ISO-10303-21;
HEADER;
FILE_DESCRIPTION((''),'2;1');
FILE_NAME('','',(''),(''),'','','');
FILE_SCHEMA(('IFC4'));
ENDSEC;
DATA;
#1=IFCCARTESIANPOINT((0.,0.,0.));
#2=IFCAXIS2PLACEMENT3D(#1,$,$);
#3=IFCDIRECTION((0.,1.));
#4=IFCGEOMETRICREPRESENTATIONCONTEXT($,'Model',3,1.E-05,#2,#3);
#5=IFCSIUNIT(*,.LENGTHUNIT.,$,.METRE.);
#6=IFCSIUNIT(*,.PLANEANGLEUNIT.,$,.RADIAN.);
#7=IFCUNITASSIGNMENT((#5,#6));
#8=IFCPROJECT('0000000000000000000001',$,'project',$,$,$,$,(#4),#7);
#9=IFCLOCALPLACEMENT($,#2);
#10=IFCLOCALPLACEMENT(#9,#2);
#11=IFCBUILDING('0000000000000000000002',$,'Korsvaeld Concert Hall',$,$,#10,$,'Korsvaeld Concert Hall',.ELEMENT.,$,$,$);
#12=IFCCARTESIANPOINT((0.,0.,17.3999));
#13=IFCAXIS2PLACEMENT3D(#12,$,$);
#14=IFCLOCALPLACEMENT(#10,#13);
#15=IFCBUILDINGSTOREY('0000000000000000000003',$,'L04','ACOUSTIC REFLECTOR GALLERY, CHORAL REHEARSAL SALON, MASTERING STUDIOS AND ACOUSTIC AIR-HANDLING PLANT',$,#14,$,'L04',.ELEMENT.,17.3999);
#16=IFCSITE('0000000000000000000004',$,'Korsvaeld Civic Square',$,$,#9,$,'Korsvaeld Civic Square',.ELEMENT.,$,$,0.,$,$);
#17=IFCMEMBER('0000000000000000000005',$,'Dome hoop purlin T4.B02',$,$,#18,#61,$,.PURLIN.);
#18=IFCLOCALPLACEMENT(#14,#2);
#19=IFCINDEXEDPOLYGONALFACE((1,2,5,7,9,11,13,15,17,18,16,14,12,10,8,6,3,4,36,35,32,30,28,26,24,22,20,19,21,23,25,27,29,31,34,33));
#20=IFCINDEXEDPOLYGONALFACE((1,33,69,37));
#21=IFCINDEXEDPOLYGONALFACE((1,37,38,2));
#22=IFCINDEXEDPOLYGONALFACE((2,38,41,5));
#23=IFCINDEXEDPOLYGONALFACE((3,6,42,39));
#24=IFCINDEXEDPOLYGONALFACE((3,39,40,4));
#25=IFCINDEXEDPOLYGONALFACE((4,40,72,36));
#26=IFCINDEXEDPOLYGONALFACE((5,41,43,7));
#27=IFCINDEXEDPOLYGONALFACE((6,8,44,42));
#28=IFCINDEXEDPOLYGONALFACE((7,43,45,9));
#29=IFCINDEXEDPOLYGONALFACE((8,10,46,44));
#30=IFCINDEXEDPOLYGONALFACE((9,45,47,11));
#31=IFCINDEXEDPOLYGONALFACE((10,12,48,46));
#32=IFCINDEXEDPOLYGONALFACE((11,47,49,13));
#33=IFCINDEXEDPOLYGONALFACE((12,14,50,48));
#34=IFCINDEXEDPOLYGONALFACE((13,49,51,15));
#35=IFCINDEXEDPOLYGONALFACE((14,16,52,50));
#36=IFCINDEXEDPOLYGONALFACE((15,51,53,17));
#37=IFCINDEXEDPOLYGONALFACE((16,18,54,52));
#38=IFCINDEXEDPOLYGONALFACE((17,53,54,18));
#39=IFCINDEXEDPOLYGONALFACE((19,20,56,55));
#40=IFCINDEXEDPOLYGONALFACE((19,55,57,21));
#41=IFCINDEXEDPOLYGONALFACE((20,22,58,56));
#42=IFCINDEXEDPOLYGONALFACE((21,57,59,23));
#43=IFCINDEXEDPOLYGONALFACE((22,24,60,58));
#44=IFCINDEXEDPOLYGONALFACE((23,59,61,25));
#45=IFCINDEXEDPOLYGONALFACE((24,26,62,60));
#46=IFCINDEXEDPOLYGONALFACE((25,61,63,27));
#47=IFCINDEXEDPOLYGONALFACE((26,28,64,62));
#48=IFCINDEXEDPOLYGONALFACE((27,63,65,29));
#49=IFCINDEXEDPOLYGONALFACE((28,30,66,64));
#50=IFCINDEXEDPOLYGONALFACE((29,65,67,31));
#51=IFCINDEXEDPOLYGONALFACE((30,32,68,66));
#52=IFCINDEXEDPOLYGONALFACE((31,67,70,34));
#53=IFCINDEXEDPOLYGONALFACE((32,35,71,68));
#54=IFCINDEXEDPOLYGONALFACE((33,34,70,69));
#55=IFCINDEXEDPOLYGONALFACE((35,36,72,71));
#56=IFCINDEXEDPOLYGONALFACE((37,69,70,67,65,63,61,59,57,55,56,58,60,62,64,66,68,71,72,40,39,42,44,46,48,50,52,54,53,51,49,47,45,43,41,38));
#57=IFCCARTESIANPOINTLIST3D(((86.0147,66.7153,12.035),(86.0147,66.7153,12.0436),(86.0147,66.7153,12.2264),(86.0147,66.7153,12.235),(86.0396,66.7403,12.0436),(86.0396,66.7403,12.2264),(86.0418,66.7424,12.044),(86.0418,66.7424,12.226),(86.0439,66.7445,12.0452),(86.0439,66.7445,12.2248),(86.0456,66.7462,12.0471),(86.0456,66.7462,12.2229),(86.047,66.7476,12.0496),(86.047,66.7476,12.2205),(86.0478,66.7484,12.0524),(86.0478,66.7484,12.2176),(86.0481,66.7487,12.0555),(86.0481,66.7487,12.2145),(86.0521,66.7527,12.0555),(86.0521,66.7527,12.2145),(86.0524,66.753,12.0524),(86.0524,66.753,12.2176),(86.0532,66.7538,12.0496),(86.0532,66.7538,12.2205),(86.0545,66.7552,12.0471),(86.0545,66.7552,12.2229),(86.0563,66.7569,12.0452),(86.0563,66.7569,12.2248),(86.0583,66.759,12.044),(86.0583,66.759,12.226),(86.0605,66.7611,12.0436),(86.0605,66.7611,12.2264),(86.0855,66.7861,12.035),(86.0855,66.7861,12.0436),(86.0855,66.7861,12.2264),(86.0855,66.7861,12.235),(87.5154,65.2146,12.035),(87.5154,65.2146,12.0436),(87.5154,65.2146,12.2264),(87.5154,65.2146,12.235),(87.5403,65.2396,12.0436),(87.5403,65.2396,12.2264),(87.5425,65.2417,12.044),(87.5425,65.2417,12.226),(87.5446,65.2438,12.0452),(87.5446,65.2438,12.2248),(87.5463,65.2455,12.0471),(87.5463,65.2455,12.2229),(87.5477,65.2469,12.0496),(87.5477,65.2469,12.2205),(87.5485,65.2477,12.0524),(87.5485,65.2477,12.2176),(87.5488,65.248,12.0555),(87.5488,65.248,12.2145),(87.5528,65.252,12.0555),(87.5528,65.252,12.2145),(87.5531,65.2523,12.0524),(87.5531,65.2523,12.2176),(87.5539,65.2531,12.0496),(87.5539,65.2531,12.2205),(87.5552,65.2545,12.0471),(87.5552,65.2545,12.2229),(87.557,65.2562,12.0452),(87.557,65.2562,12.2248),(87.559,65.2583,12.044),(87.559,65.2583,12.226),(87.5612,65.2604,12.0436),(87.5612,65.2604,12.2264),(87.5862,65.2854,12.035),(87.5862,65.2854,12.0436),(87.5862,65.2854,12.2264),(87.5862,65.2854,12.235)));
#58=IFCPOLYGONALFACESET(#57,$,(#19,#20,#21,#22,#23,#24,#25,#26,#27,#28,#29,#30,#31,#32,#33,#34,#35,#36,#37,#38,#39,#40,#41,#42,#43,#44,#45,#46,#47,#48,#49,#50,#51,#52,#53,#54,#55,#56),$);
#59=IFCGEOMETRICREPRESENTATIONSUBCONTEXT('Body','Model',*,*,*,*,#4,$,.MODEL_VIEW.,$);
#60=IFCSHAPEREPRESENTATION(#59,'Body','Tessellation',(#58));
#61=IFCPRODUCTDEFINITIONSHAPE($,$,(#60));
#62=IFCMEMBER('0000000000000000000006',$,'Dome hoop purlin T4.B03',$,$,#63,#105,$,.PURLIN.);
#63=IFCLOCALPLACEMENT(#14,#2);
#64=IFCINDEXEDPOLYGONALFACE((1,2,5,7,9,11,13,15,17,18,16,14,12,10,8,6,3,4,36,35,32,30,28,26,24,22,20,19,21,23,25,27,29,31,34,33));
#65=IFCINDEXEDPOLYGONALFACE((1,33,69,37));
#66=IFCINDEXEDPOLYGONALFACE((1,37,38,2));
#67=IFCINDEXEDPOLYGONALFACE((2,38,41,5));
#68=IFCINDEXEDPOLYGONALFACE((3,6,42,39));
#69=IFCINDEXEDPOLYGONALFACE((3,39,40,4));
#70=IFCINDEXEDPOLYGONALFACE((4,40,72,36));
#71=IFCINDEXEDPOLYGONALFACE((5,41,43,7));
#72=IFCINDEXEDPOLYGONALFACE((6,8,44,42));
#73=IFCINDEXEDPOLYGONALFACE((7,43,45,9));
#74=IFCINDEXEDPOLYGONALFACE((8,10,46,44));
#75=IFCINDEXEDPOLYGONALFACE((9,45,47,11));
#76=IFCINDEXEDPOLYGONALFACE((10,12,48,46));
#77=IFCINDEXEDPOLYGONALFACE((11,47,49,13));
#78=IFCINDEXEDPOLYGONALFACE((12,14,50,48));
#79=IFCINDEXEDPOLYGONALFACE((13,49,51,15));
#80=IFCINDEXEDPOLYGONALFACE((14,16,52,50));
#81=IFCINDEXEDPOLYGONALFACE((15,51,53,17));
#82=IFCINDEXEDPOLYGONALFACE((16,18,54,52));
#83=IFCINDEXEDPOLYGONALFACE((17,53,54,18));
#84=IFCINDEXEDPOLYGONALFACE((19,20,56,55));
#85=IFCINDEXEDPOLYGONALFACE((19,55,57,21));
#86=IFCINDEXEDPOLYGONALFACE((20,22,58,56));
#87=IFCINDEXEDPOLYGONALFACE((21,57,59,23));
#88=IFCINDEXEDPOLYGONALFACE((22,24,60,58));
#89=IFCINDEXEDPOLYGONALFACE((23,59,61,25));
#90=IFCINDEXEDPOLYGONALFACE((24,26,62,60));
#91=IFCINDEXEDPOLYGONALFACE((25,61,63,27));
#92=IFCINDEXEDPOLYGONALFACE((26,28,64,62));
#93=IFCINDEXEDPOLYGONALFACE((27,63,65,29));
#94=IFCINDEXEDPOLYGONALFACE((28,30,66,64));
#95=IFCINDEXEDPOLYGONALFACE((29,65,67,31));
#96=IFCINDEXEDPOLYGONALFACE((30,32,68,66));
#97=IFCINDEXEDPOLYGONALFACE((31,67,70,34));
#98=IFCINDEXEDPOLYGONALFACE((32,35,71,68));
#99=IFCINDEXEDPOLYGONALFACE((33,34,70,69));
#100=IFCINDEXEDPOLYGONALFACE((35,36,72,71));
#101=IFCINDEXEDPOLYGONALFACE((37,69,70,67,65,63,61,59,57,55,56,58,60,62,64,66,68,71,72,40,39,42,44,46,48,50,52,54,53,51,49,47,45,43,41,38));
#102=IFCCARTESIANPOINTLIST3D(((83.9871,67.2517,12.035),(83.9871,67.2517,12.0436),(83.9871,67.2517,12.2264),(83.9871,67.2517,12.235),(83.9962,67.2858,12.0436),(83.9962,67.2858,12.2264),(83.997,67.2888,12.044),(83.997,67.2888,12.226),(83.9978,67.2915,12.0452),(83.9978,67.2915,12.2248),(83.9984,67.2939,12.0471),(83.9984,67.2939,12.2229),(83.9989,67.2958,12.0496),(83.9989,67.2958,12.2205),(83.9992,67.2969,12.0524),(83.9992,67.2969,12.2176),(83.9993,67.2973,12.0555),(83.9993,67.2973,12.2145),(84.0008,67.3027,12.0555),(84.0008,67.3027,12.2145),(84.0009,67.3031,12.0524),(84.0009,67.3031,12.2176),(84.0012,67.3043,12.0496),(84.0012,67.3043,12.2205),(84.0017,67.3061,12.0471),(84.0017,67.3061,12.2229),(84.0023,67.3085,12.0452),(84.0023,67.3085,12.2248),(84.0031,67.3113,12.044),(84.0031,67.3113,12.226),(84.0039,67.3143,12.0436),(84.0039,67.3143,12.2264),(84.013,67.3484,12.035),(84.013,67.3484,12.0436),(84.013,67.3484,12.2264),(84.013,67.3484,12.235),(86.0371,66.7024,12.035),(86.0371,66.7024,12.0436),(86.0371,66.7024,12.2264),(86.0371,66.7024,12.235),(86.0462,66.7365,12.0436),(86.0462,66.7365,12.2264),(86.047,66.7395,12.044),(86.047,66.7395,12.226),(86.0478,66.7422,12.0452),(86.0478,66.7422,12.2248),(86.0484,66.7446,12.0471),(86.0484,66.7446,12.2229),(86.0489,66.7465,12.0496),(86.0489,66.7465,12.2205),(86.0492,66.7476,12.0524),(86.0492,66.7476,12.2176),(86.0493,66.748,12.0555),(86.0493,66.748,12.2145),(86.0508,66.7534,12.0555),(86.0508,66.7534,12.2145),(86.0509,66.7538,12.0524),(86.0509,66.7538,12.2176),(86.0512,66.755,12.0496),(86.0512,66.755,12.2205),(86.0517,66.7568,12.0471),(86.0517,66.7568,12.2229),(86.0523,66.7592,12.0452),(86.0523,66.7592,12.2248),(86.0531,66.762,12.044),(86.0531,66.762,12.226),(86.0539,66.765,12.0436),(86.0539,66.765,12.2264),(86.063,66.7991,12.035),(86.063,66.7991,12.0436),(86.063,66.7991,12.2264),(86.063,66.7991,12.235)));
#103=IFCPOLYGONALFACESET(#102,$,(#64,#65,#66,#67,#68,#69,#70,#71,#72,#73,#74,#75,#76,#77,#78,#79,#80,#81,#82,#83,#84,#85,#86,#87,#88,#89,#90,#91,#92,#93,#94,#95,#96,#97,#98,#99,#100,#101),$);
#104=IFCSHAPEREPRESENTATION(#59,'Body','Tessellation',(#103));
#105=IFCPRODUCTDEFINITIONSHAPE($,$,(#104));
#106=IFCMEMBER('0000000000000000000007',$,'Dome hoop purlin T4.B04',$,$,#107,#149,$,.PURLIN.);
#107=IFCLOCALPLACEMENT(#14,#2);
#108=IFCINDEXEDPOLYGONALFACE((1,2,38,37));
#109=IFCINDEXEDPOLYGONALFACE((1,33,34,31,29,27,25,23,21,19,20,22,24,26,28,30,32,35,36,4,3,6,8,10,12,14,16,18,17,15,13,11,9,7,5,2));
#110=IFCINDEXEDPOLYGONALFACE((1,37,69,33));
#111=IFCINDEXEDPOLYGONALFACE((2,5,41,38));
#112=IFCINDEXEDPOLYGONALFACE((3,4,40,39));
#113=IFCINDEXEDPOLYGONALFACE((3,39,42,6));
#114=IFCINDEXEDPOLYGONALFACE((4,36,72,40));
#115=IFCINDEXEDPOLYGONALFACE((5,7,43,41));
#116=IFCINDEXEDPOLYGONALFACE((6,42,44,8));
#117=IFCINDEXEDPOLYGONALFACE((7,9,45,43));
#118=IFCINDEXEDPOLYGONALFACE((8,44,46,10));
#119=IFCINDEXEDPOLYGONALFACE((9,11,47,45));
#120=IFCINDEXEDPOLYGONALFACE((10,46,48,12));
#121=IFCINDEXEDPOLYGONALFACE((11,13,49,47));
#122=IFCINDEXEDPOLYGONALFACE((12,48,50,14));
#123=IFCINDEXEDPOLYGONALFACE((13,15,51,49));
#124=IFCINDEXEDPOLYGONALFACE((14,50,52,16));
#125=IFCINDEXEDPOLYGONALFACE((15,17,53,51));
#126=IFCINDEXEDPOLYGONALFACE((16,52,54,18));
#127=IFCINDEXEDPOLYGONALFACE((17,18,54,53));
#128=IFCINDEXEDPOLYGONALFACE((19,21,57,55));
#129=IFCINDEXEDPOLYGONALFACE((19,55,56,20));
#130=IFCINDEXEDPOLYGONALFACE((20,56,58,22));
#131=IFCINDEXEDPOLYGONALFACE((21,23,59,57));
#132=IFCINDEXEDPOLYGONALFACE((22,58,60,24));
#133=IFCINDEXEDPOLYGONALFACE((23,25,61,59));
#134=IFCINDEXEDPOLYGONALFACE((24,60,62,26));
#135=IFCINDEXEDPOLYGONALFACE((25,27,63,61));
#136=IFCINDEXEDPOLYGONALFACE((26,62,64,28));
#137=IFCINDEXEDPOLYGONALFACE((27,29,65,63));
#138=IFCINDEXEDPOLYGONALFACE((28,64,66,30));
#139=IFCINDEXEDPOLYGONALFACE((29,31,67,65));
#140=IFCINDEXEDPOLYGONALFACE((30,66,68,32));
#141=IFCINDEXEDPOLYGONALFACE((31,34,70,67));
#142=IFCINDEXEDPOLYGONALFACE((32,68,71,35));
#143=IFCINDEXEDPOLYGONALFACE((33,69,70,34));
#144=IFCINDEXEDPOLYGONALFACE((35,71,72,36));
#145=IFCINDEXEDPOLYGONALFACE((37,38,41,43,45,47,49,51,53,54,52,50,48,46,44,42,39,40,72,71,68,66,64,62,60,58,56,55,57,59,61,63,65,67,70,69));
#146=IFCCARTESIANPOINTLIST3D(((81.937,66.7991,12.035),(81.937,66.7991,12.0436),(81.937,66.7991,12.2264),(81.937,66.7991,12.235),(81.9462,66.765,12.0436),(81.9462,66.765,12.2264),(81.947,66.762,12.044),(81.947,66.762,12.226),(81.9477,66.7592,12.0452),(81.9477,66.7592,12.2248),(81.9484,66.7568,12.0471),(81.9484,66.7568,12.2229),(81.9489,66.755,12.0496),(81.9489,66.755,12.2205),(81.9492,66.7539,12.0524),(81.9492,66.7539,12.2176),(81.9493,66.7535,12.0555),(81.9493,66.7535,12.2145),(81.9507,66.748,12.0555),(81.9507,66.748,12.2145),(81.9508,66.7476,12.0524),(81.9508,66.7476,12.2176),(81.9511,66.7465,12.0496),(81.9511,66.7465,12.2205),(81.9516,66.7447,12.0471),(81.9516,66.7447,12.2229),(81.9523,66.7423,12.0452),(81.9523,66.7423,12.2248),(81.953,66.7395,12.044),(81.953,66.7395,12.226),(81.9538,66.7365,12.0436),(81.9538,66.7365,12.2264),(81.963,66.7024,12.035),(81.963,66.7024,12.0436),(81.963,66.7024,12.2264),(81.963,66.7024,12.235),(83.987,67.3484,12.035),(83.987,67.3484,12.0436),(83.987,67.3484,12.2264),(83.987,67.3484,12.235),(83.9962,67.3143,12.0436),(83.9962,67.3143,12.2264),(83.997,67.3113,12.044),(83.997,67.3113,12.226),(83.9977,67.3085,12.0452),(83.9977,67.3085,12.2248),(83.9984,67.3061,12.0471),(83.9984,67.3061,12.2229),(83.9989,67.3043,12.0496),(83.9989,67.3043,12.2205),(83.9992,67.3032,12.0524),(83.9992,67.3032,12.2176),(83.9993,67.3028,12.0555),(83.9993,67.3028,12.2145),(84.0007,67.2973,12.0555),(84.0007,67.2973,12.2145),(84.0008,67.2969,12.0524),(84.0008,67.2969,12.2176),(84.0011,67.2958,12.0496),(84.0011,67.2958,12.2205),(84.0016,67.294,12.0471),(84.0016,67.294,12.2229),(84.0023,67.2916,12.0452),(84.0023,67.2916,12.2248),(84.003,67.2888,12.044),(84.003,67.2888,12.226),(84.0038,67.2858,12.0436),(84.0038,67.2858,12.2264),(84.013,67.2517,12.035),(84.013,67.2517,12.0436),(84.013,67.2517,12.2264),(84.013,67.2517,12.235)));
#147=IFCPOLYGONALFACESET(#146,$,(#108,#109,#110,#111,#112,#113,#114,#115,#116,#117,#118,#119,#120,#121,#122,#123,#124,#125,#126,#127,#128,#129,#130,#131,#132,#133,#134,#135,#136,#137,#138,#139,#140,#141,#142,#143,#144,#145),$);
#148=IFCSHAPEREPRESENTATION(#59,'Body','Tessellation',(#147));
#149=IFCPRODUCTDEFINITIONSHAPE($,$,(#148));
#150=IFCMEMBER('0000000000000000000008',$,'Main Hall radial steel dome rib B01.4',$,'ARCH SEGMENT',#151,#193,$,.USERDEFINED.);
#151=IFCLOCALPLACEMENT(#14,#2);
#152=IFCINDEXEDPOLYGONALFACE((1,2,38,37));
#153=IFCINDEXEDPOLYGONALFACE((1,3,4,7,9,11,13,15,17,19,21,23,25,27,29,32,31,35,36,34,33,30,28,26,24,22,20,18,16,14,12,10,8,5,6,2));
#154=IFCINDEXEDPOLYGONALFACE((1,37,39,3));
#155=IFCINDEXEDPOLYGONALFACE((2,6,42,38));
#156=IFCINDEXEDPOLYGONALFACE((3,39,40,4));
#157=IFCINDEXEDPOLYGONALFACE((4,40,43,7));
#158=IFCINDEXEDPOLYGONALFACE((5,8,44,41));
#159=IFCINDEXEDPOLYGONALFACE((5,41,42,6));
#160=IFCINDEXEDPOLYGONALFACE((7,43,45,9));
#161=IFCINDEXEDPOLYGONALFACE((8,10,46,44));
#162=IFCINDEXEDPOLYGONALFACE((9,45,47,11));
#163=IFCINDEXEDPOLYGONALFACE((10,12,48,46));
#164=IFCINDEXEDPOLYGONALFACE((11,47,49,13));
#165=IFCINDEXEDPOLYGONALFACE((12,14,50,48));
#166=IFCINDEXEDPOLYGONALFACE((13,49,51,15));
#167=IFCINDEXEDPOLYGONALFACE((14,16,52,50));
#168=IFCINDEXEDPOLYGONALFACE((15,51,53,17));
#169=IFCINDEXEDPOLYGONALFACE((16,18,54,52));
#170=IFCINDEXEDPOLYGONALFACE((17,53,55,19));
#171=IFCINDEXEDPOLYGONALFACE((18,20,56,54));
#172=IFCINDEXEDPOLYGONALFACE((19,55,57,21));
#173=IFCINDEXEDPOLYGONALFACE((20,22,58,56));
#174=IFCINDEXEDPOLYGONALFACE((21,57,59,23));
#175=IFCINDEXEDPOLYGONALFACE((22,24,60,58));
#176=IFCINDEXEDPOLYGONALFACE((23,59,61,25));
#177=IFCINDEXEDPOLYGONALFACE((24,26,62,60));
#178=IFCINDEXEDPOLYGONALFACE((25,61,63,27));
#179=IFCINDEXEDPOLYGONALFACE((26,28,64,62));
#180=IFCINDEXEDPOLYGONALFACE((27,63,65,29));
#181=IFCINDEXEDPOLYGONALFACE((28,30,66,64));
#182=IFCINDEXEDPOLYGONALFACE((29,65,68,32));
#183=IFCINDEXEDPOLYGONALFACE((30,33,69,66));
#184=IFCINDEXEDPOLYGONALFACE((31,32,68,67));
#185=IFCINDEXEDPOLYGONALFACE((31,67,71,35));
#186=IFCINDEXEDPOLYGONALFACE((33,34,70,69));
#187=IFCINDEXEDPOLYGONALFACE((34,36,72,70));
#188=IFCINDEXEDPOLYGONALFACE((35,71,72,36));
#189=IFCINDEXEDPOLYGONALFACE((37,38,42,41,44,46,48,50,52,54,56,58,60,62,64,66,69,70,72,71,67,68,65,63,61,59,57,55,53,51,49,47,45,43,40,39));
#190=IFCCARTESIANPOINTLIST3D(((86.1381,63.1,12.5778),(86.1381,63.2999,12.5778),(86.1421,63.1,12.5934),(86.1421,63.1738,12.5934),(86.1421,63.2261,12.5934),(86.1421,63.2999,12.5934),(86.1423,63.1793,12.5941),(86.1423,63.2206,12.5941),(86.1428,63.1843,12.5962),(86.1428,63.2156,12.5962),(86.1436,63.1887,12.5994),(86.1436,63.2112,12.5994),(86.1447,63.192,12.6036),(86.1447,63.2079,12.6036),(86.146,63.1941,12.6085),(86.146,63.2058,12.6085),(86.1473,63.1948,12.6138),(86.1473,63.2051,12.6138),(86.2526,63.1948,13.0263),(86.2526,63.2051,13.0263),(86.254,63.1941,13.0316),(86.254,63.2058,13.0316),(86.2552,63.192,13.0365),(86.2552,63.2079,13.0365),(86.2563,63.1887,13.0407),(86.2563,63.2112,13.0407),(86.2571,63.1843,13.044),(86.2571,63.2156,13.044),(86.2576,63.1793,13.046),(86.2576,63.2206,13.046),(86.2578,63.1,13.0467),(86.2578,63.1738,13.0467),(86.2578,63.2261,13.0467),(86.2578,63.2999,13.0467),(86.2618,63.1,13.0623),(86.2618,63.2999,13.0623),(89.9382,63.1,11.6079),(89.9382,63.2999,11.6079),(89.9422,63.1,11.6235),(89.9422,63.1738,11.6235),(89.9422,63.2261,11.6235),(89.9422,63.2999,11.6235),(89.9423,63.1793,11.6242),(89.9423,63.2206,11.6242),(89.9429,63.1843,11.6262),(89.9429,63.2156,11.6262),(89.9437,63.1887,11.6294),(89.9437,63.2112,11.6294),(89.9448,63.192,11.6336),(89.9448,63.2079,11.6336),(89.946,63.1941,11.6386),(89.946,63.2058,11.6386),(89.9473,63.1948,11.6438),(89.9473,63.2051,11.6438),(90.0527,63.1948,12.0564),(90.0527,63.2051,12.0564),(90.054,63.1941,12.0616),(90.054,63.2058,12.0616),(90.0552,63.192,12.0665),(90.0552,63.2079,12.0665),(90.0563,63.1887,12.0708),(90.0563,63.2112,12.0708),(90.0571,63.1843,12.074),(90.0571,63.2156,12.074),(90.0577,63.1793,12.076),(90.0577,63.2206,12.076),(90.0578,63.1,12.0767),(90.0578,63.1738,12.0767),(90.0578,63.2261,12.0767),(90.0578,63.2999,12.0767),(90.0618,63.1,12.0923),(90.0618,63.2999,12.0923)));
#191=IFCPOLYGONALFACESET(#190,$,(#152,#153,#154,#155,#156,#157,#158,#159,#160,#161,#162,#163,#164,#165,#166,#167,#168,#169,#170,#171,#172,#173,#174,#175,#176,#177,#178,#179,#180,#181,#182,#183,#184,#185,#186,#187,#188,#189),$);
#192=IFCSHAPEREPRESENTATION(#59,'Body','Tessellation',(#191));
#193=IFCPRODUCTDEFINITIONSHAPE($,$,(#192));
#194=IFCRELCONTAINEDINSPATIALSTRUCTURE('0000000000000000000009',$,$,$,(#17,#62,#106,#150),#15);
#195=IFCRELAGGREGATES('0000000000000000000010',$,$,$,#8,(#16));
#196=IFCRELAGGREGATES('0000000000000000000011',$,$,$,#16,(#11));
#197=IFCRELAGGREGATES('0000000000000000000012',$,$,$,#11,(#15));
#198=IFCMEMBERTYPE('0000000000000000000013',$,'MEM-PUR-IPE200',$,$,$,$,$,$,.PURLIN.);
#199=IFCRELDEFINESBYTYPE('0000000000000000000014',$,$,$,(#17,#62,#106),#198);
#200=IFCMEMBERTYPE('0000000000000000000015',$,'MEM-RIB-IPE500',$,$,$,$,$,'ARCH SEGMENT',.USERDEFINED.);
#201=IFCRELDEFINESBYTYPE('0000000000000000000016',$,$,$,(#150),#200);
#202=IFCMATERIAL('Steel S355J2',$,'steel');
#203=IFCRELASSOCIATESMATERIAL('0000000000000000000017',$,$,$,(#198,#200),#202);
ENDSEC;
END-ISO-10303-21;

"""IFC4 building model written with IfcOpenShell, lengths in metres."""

from ifc_helpers import new_model, si_unit, direction, frame, origin, origin_2d, place, context, subcontext, project, spatial, i_section, extrude, material, material_profile, profile_set, type_object, element, save


model = new_model("IFC4")

# Units and contexts
model_context = context("Model", 3, precision=1e-05, world=origin(), true_north=direction((0.0, 1.0)))
body_context = subcontext(model_context, "Body", "Model", "MODEL_VIEW")
ifc_project = project(units=[si_unit("LENGTHUNIT", "METRE"), si_unit("PLANEANGLEUNIT", "RADIAN")], contexts=[model_context])

# Site, building, storey
site_placement = place(None, origin())
site = spatial("IfcSite", under=ifc_project, at=site_placement, Name="Korsvaeld Civic Square", LongName="Korsvaeld Civic Square", CompositionType="ELEMENT", RefElevation=0.0)
building_placement = place(site_placement, origin())
building = spatial("IfcBuilding", under=site, at=building_placement, Name="Korsvaeld Concert Hall", LongName="Korsvaeld Concert Hall", CompositionType="ELEMENT")
storey_placement = place(building_placement, frame((0.0, 0.0, 17.3999)))
storey = spatial("IfcBuildingStorey", under=building, at=storey_placement, Name="L04", Description="ACOUSTIC REFLECTOR GALLERY, CHORAL REHEARSAL SALON, MASTERING STUDIOS AND ACOUSTIC AIR-HANDLING PLANT", LongName="L04", CompositionType="ELEMENT", Elevation=17.3999)

# Shared definitions
ifc_material_1 = material(Name="Steel S355J2", Category="steel")

# Members
ifc_material_profile_1 = material_profile(ifc_material_1, i_section(OverallWidth=0.1001, OverallDepth=0.2, WebThickness=0.0056, FlangeThickness=0.0085, FilletRadius=0.012, at=origin_2d()), Name="IPE 200")
ifc_profile_set_1 = profile_set([ifc_material_profile_1], Name="Steel S355J2")
member_type_1 = type_object("IfcMemberType", Name="MEM-PUR-IPE200", PredefinedType="PURLIN", material=ifc_profile_set_1)
for number, where, z_axis, x_axis, name in (
    (1, (87.5508, 65.25, 12.135), (-0.707107, 0.707107, 0.0), (-0.707107, -0.707107, 0.0), "Dome hoop purlin T4.B02"),
    (2, (86.05, 66.7507, 12.135), (-0.965925, 0.258822, 0.0), (-0.258822, -0.965925, 0.0), "Dome hoop purlin T4.B03"),
    (3, (84.0, 67.3, 12.135), (-0.965925, -0.258822, 0.0), (0.258822, -0.965925, 0.0), "Dome hoop purlin T4.B04"),
):
    element("IfcMember", number, at=place(storey_placement, frame(where, z_axis=z_axis, x_axis=x_axis)), inside=storey, type_object=member_type_1, Name=name, PredefinedType="PURLIN", context=body_context, shape_type="SweptSolid", body=[
        extrude(i_section(OverallWidth=0.1001, OverallDepth=0.2, WebThickness=0.0056, FlangeThickness=0.0085, FilletRadius=0.012, at=origin_2d()), origin(), (0.0, 0.0, 1.0), 2.1223),
    ])
ifc_material_profile_2 = material_profile(ifc_material_1, i_section(OverallWidth=0.2, OverallDepth=0.5, WebThickness=0.0103, FlangeThickness=0.0161, FilletRadius=0.021, at=origin_2d()), Name="IPE 500")
ifc_profile_set_2 = profile_set([ifc_material_profile_2], Name="Steel S355J2")
member_type_2 = type_object("IfcMemberType", Name="MEM-RIB-IPE500", ElementType="ARCH SEGMENT", PredefinedType="USERDEFINED", material=ifc_profile_set_2)
for number, where, z_axis, x_axis, name in (
    (4, (90.0, 63.2, 11.8501), (-0.968933, 0.0, 0.247322), (0.0, -1.0, 0.0), "Main Hall radial steel dome rib B01.4"),
):
    element("IfcMember", number, at=place(storey_placement, frame(where, z_axis=z_axis, x_axis=x_axis)), inside=storey, type_object=member_type_2, Name=name, ObjectType="ARCH SEGMENT", PredefinedType="USERDEFINED", context=body_context, shape_type="SweptSolid", body=[
        extrude(i_section(OverallWidth=0.2, OverallDepth=0.5, WebThickness=0.0103, FlangeThickness=0.0161, FilletRadius=0.021, at=origin_2d()), origin(), (0.0, 0.0, 1.0), 3.9219),
    ])

save(model, "model.ifc")
